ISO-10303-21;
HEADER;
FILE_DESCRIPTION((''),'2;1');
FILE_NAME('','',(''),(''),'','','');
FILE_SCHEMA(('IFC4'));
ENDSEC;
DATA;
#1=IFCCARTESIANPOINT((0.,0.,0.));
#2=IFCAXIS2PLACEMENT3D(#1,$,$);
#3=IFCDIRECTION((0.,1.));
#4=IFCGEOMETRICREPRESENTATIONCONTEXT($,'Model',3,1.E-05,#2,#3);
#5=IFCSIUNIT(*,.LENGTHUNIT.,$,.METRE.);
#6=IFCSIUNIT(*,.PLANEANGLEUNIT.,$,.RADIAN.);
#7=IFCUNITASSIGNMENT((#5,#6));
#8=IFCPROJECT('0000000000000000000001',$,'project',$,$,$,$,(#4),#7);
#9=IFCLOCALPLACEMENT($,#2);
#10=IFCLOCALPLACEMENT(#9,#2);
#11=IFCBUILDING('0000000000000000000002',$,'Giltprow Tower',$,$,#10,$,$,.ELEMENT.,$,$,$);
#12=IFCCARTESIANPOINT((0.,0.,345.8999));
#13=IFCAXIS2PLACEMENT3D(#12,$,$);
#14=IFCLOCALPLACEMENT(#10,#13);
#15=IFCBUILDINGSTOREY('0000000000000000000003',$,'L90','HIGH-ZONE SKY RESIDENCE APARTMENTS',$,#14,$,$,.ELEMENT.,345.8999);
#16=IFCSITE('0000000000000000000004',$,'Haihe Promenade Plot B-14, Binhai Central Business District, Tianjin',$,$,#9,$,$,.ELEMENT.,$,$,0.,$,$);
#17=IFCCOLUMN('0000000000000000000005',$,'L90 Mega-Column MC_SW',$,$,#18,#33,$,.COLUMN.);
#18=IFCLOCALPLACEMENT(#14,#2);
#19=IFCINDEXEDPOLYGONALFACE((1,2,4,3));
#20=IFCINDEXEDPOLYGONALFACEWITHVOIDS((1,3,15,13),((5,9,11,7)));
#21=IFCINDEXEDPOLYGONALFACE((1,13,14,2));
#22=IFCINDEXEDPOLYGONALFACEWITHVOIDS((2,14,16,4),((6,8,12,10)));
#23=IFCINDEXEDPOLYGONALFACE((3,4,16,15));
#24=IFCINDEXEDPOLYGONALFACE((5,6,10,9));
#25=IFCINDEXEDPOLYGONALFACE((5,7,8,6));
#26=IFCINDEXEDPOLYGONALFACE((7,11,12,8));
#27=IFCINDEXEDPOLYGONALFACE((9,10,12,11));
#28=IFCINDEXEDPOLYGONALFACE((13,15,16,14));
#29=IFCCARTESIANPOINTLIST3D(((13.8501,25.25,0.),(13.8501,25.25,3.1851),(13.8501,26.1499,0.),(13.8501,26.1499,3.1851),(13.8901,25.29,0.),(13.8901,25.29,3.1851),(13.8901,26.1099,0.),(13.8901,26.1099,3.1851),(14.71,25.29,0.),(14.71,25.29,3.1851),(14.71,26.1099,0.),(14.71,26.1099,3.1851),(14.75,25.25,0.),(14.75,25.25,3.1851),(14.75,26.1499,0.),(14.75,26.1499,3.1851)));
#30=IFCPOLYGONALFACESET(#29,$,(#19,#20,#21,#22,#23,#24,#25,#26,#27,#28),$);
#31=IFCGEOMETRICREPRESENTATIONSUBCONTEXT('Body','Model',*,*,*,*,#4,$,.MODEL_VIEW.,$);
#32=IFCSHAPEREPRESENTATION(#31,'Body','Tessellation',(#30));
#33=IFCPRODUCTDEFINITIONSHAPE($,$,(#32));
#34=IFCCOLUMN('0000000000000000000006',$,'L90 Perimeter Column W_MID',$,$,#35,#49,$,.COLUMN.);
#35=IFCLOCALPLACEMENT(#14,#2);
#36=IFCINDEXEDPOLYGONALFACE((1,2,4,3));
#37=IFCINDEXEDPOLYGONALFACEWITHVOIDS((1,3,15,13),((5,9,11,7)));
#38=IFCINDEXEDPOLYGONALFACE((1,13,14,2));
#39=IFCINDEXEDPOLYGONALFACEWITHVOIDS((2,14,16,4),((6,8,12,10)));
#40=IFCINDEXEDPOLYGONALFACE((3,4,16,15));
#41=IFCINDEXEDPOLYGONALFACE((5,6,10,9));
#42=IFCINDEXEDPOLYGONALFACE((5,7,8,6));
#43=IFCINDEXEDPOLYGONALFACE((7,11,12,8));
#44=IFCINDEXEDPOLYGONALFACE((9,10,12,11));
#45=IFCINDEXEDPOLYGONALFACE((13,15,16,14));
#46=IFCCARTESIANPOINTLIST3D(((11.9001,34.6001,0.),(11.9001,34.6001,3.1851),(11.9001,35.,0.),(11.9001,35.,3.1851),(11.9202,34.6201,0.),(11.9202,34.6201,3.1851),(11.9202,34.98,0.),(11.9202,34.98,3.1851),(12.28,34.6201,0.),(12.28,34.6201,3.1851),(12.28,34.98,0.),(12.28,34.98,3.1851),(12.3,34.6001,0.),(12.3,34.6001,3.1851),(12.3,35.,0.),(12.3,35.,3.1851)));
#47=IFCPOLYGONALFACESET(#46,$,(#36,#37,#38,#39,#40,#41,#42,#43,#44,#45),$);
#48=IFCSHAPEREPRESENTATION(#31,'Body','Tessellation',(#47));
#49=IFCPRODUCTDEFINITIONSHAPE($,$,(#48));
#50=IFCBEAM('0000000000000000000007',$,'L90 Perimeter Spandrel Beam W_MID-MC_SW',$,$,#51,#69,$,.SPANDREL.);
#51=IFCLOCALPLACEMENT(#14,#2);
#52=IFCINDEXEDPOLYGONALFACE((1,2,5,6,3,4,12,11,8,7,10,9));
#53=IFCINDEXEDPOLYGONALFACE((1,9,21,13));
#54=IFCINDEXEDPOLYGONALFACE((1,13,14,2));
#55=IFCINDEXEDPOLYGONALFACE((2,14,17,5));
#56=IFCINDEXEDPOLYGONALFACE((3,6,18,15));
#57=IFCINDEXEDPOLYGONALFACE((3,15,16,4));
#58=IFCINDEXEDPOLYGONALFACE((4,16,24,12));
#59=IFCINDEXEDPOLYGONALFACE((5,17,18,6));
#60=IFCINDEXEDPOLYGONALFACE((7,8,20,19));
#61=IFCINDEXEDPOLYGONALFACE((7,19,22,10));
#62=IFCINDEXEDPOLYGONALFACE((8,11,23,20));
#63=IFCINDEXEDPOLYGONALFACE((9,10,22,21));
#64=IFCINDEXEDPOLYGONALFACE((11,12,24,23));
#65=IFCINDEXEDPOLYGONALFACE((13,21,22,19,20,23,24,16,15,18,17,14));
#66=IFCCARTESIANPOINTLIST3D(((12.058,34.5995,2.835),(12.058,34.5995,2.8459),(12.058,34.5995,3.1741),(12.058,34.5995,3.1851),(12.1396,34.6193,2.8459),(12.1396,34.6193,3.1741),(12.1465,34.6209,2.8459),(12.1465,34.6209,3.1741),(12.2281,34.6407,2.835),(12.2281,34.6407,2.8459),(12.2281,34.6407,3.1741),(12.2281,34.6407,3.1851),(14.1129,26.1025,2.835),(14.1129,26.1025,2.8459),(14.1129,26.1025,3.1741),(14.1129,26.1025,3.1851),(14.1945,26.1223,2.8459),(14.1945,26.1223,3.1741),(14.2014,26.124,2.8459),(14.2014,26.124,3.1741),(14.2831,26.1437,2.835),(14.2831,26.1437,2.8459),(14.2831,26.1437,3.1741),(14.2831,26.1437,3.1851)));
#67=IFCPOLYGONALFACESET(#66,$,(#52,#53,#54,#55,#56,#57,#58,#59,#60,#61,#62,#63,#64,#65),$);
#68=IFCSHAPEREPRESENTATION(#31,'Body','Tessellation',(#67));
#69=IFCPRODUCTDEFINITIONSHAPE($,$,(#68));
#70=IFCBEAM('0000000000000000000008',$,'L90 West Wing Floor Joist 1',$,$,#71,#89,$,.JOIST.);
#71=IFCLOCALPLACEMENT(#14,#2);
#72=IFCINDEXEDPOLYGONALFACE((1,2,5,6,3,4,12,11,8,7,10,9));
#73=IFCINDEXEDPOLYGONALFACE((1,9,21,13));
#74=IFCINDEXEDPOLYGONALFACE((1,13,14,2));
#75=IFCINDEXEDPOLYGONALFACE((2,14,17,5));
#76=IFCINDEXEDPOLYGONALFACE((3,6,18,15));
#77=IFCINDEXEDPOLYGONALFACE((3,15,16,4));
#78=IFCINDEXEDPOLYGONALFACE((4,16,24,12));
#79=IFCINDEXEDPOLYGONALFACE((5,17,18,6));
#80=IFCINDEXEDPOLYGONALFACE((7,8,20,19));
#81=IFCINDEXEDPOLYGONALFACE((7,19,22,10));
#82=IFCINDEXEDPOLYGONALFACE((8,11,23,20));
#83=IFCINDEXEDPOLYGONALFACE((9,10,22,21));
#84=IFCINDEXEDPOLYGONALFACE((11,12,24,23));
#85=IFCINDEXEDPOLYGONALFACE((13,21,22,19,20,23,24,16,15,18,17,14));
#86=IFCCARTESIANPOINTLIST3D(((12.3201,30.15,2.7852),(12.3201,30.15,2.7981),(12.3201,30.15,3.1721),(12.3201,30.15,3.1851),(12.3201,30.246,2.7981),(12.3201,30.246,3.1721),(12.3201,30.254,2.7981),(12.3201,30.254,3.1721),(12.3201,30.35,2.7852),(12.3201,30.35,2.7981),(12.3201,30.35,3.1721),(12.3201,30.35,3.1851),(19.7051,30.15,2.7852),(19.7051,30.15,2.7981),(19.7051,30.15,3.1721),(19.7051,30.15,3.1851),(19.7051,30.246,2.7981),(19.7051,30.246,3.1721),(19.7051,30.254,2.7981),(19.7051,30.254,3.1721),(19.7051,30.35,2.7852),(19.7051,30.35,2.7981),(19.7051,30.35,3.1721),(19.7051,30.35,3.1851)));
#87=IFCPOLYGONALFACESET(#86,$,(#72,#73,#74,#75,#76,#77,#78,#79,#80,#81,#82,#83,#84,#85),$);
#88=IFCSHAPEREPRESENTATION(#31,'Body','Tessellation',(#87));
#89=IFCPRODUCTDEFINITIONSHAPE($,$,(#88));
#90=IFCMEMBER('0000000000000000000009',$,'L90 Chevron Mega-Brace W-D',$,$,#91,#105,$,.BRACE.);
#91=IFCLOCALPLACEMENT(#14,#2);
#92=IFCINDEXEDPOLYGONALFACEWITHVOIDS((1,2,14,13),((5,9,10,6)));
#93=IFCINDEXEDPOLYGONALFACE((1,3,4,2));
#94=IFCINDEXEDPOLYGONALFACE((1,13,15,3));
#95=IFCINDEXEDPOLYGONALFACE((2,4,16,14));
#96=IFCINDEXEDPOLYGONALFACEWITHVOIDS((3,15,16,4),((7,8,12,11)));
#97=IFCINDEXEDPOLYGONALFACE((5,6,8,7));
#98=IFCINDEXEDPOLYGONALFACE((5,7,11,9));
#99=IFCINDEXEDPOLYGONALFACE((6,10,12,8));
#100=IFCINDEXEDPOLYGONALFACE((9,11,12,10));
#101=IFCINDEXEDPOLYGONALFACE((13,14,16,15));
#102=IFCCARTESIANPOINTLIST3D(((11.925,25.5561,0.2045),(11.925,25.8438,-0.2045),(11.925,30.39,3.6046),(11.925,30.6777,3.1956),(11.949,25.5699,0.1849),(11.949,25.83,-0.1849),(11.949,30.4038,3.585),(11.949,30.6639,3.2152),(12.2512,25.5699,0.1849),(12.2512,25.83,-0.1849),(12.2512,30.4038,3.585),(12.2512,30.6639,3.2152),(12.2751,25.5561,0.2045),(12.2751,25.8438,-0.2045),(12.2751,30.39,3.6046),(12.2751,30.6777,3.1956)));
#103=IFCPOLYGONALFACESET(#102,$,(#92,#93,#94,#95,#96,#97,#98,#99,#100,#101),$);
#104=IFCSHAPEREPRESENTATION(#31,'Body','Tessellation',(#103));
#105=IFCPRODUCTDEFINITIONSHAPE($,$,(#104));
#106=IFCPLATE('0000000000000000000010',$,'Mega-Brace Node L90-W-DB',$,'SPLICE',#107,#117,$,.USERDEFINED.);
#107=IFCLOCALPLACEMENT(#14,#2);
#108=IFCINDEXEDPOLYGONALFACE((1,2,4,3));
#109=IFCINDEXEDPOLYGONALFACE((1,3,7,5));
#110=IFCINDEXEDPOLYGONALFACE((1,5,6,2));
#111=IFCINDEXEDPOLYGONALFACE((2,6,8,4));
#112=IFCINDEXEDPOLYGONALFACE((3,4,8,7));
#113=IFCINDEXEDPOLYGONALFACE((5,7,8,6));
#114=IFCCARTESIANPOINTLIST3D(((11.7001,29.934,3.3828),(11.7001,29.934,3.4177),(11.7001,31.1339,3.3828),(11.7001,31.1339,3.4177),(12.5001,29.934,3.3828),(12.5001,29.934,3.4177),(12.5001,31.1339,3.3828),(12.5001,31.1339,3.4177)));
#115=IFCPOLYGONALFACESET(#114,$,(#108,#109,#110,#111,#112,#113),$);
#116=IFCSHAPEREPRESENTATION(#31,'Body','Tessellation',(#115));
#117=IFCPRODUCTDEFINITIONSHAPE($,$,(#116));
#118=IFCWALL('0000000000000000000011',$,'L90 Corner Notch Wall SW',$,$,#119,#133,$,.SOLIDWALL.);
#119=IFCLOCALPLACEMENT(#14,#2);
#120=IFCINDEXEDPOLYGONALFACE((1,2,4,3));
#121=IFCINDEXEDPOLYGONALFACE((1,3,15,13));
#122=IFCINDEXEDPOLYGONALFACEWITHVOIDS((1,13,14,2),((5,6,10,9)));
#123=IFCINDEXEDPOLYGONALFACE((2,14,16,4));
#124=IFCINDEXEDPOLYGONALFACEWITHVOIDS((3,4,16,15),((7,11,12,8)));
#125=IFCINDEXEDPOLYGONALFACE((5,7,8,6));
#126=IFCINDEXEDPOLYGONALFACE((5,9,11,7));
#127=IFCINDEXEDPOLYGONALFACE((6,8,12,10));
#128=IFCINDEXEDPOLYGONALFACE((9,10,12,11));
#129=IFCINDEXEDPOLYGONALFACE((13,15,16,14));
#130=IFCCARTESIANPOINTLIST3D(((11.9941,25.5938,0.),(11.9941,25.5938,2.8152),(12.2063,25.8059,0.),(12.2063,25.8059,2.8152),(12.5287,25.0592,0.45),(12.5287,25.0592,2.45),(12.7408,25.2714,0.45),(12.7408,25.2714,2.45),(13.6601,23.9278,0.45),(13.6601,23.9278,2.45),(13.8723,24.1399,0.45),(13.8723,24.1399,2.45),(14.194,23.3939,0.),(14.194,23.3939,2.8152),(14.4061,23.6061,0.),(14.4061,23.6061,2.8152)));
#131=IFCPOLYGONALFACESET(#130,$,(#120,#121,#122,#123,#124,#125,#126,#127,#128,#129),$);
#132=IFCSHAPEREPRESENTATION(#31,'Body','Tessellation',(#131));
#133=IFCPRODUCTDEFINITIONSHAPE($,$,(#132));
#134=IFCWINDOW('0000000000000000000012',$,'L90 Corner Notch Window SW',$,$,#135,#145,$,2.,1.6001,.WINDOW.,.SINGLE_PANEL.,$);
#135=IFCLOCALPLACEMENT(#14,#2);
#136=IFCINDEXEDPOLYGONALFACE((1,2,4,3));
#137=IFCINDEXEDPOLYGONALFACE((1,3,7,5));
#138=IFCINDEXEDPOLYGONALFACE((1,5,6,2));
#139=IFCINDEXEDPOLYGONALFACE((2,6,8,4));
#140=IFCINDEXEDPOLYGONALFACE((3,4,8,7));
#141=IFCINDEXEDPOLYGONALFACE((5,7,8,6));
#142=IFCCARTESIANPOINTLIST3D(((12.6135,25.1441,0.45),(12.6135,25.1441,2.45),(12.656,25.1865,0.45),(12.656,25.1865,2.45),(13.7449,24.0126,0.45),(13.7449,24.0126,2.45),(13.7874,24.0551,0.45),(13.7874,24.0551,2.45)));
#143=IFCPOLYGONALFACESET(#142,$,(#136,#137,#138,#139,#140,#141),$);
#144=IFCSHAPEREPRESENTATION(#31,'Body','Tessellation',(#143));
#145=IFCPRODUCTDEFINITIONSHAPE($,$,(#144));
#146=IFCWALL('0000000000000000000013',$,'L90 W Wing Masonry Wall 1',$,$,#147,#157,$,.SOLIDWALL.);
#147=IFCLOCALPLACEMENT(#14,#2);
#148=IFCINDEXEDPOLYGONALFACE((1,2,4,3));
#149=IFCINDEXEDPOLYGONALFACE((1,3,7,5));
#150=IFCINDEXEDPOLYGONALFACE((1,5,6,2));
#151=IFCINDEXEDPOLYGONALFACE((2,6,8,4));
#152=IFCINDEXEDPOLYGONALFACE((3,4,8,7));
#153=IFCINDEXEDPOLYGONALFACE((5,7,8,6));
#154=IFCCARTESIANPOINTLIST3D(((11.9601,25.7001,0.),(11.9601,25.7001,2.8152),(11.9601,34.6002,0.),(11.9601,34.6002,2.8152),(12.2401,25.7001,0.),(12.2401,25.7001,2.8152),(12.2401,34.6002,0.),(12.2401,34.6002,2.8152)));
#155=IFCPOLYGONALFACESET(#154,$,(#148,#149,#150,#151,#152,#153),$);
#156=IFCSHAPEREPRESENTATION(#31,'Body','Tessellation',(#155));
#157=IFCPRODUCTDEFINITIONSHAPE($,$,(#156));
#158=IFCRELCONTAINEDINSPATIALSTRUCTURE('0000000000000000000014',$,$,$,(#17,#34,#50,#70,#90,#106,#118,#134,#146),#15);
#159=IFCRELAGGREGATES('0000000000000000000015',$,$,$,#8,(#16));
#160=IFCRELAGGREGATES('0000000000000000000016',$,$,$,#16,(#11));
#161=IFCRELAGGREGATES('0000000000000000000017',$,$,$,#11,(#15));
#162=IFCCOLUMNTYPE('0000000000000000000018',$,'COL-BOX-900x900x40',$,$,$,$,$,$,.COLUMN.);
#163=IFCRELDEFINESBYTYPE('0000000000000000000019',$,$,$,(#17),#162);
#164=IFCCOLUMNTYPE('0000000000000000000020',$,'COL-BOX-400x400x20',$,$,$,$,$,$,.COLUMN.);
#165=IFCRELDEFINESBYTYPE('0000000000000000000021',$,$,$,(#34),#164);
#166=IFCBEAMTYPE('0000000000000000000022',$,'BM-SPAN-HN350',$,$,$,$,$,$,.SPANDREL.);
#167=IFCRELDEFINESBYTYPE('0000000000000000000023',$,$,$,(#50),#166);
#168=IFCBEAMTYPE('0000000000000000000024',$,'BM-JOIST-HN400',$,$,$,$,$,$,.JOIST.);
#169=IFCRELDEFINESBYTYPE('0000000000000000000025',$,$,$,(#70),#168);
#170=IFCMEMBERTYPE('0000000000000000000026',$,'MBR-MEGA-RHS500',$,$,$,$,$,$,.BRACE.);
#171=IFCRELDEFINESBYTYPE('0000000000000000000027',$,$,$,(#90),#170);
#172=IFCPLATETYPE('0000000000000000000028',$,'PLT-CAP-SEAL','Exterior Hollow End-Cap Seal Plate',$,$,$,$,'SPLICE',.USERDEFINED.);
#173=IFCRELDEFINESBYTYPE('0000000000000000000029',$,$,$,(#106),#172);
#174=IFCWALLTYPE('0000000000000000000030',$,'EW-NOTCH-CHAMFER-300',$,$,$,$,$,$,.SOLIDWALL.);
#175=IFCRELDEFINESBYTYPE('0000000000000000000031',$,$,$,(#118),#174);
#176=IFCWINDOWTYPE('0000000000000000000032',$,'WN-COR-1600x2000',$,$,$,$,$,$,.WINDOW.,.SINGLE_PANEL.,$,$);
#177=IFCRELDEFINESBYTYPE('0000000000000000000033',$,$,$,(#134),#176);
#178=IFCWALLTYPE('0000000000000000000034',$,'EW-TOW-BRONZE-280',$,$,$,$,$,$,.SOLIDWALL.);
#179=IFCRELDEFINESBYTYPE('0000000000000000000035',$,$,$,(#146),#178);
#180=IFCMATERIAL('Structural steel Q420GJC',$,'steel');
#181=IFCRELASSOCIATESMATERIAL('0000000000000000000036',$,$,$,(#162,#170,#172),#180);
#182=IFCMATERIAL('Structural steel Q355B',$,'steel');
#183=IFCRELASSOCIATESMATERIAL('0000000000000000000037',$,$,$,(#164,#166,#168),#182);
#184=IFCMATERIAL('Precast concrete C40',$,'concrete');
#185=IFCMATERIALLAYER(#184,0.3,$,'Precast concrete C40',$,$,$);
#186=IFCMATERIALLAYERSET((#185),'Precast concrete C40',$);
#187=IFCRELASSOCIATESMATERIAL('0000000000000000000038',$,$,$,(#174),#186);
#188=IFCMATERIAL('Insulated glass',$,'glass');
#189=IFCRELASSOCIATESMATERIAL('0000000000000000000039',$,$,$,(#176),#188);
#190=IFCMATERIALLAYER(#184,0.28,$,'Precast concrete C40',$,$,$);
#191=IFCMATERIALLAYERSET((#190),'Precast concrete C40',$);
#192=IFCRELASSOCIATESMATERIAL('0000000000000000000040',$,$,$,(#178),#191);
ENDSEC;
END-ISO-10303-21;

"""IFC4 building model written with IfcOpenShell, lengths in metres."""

from ifc_helpers import new_model, si_unit, direction, frame, frame_2d, origin, origin_2d, place, context, subcontext, project, spatial, rectangle, hollow_rectangle, i_section, extrude, source, transform, mapped, material, layer, layer_set, material_profile, profile_set, type_object, element, fill, save


model = new_model("IFC4")

# Units and contexts
model_context = context("Model", 3, precision=1e-05, world=origin(), true_north=direction((0.0, 1.0)))
body_context = subcontext(model_context, "Body", "Model", "MODEL_VIEW")
ifc_project = project(units=[si_unit("LENGTHUNIT", "METRE"), si_unit("PLANEANGLEUNIT", "RADIAN")], contexts=[model_context])

# Site, building, storey
site_placement = place(None, origin())
site = spatial("IfcSite", under=ifc_project, at=site_placement, Name="Haihe Promenade Plot B-14, Binhai Central Business District, Tianjin", CompositionType="ELEMENT", RefElevation=0.0)
building_placement = place(site_placement, origin())
building = spatial("IfcBuilding", under=site, at=building_placement, Name="Giltprow Tower", CompositionType="ELEMENT")
storey_placement = place(building_placement, frame((0.0, 0.0, 345.8999)))
storey = spatial("IfcBuildingStorey", under=building, at=storey_placement, Name="L90", Description="HIGH-ZONE SKY RESIDENCE APARTMENTS", CompositionType="ELEMENT", Elevation=345.8999)

# Columns
ifc_material_1 = material(Name="Structural steel Q420GJC", Category="steel")
ifc_material_profile_1 = material_profile(ifc_material_1, hollow_rectangle(XDim=0.8999, YDim=0.8999, WallThickness=0.04, at=origin_2d()), Name="BOX 900x900x40")
ifc_profile_set_1 = profile_set([ifc_material_profile_1], Name="Structural steel Q420GJC")
column_type_1 = type_object("IfcColumnType", Name="COL-BOX-900x900x40", PredefinedType="COLUMN", material=ifc_profile_set_1)
shared_shape_1 = source(origin(), body_context, "Body", "SweptSolid", [
    extrude(hollow_rectangle(XDim=0.8999, YDim=0.8999, WallThickness=0.04, at=origin_2d()), origin(), (0.0, 0.0, 1.0), 3.1851),
])
column_1_placement = place(storey_placement, frame((14.3, 25.7, 0.0), z_axis=(0.0, 0.0, 1.0), x_axis=(1.0, 0.0, 0.0)))
element("IfcColumn", 1, at=column_1_placement, inside=storey, type_object=column_type_1, Name="L90 Mega-Column MC_SW", PredefinedType="COLUMN", context=body_context, shape_type="MappedRepresentation", body=[
    mapped(shared_shape_1, transform((0.0, 0.0, 0.0), x_axis=(1.0, 0.0, 0.0), y_axis=(0.0, 1.0, 0.0), z_axis=(0.0, 0.0, 1.0), scale=1.0)),
])
ifc_material_2 = material(Name="Structural steel Q355B", Category="steel")
ifc_material_profile_2 = material_profile(ifc_material_2, hollow_rectangle(XDim=0.3999, YDim=0.3999, WallThickness=0.02, at=origin_2d()), Name="BOX 400x400x20")
ifc_profile_set_2 = profile_set([ifc_material_profile_2], Name="Structural steel Q355B")
column_type_2 = type_object("IfcColumnType", Name="COL-BOX-400x400x20", PredefinedType="COLUMN", material=ifc_profile_set_2)
shared_shape_2 = source(origin(), body_context, "Body", "SweptSolid", [
    extrude(hollow_rectangle(XDim=0.3999, YDim=0.3999, WallThickness=0.02, at=origin_2d()), origin(), (0.0, 0.0, 1.0), 3.1851),
])
column_2_placement = place(storey_placement, frame((12.1001, 34.8, 0.0), z_axis=(0.0, 0.0, 1.0), x_axis=(1.0, 0.0, 0.0)))
element("IfcColumn", 2, at=column_2_placement, inside=storey, type_object=column_type_2, Name="L90 Perimeter Column W_MID", PredefinedType="COLUMN", context=body_context, shape_type="MappedRepresentation", body=[
    mapped(shared_shape_2, transform((0.0, 0.0, 0.0), x_axis=(1.0, 0.0, 0.0), y_axis=(0.0, 1.0, 0.0), z_axis=(0.0, 0.0, 1.0), scale=1.0)),
])

# Beams
ifc_material_profile_3 = material_profile(ifc_material_2, i_section(OverallWidth=0.175, OverallDepth=0.3501, WebThickness=0.0071, FlangeThickness=0.011, at=origin_2d()), Name="HN 350x175x7x11")
ifc_profile_set_3 = profile_set([ifc_material_profile_3], Name="Structural steel Q355B")
beam_type_1 = type_object("IfcBeamType", Name="BM-SPAN-HN350", PredefinedType="SPANDREL", material=ifc_profile_set_3)
shared_shape_3 = source(origin(), body_context, "Body", "SweptSolid", [
    extrude(i_section(OverallWidth=0.175, OverallDepth=0.3501, WebThickness=0.0071, FlangeThickness=0.011, at=origin_2d()), origin(), (0.0, 0.0, 1.0), 8.7419),
])
beam_1_placement = place(storey_placement, frame((12.1431, 34.6201, 3.01), z_axis=(0.235064, -0.97198, 0.0), x_axis=(0.97198, 0.235064, 0.0)))
element("IfcBeam", 3, at=beam_1_placement, inside=storey, type_object=beam_type_1, Name="L90 Perimeter Spandrel Beam W_MID-MC_SW", PredefinedType="SPANDREL", context=body_context, shape_type="MappedRepresentation", body=[
    mapped(shared_shape_3, transform((0.0, 0.0, 0.0), x_axis=(1.0, 0.0, 0.0), y_axis=(0.0, 1.0, 0.0), z_axis=(0.0, 0.0, 1.0), scale=1.0)),
])
ifc_material_profile_4 = material_profile(ifc_material_2, i_section(OverallWidth=0.2, OverallDepth=0.3999, WebThickness=0.0081, FlangeThickness=0.0129, at=origin_2d()), Name="HN 400x200x8x13")
ifc_profile_set_4 = profile_set([ifc_material_profile_4], Name="Structural steel Q355B")
beam_type_2 = type_object("IfcBeamType", Name="BM-JOIST-HN400", PredefinedType="JOIST", material=ifc_profile_set_4)
shared_shape_4 = source(origin(), body_context, "Body", "SweptSolid", [
    extrude(i_section(OverallWidth=0.2, OverallDepth=0.3999, WebThickness=0.0081, FlangeThickness=0.0129, at=origin_2d()), origin(), (0.0, 0.0, 1.0), 7.385),
])
beam_2_placement = place(storey_placement, frame((12.3201, 30.25, 2.9851), z_axis=(1.0, 0.0, 0.0), x_axis=(0.0, 1.0, 0.0)))
element("IfcBeam", 4, at=beam_2_placement, inside=storey, type_object=beam_type_2, Name="L90 West Wing Floor Joist 1", PredefinedType="JOIST", context=body_context, shape_type="MappedRepresentation", body=[
    mapped(shared_shape_4, transform((0.0, 0.0, 0.0), x_axis=(1.0, 0.0, 0.0), y_axis=(0.0, 1.0, 0.0), z_axis=(0.0, 0.0, 1.0), scale=1.0)),
])

# Member
ifc_material_profile_5 = material_profile(ifc_material_1, hollow_rectangle(XDim=0.3501, YDim=0.5, WallThickness=0.0239, at=origin_2d()), Name="RHS 500x350x24")
ifc_profile_set_5 = profile_set([ifc_material_profile_5], Name="Structural steel Q420GJC")
member_type = type_object("IfcMemberType", Name="MBR-MEGA-RHS500", PredefinedType="BRACE", material=ifc_profile_set_5)
shared_shape_5 = source(origin(), body_context, "Body", "SweptSolid", [
    extrude(hollow_rectangle(XDim=0.3501, YDim=0.5, WallThickness=0.0239, at=origin_2d()), origin(), (0.0, 0.0, 1.0), 5.9099),
])
member_placement = place(storey_placement, frame((12.1001, 25.7, 0.0), z_axis=(0.0, 0.81793, 0.575318), x_axis=(-1.0, 0.0, 0.0)))
element("IfcMember", 5, at=member_placement, inside=storey, type_object=member_type, Name="L90 Chevron Mega-Brace W-D", PredefinedType="BRACE", context=body_context, shape_type="MappedRepresentation", body=[
    mapped(shared_shape_5, transform((0.0, 0.0, 0.0), x_axis=(1.0, 0.0, 0.0), y_axis=(0.0, 1.0, 0.0), z_axis=(0.0, 0.0, 1.0), scale=1.0)),
])

# Plate
plate_type = type_object("IfcPlateType", Name="PLT-CAP-SEAL", Description="Exterior Hollow End-Cap Seal Plate", ElementType="SPLICE", PredefinedType="USERDEFINED", material=ifc_material_1)
shared_shape_6 = source(origin(), body_context, "Body", "SweptSolid", [
    extrude(rectangle(XDim=1.2, YDim=0.8, at=origin_2d()), origin(), (0.0, 0.0, 1.0), 0.0349),
])
plate_placement = place(storey_placement, frame((12.1001, 30.5339, 3.3828), z_axis=(0.0, 0.0, 1.0), x_axis=(0.0, 1.0, 0.0)))
element("IfcPlate", 6, at=plate_placement, inside=storey, type_object=plate_type, Name="Mega-Brace Node L90-W-DB", ObjectType="SPLICE", PredefinedType="USERDEFINED", context=body_context, shape_type="MappedRepresentation", body=[
    mapped(shared_shape_6, transform((0.0, 0.0, 0.0), x_axis=(1.0, 0.0, 0.0), y_axis=(0.0, 1.0, 0.0), z_axis=(0.0, 0.0, 1.0), scale=1.0)),
])

# Wall, opening, window
ifc_material_3 = material(Name="Precast concrete C40", Category="concrete")
ifc_layer_1 = layer(ifc_material_3, 0.3, Name="Precast concrete C40")
ifc_layer_set_1 = layer_set([ifc_layer_1], Name="Precast concrete C40")
wall_type_1 = type_object("IfcWallType", Name="EW-NOTCH-CHAMFER-300", PredefinedType="SOLIDWALL", material=ifc_layer_set_1)
wall_1_placement = place(storey_placement, frame((12.1001, 25.7, 0.0), z_axis=(0.0, 0.0, 1.0), x_axis=(0.707107, -0.707107, 0.0)))
wall_1 = element("IfcWall", 7, at=wall_1_placement, inside=storey, type_object=wall_type_1, Name="L90 Corner Notch Wall SW", PredefinedType="SOLIDWALL", context=body_context, shape_type="SweptSolid", body=[
    extrude(rectangle(XDim=3.1111, YDim=0.3, at=frame_2d((1.5557, 0.0))), origin(), (0.0, 0.0, 1.0), 2.8152),
])
opening_1_placement = place(wall_1_placement, frame((0.7561, 0.0, 0.45)))
opening_1 = element("IfcOpeningElement", 8, at=opening_1_placement, cuts=wall_1, PredefinedType="OPENING", context=body_context, shape_type="SweptSolid", body=[
    extrude(rectangle(XDim=1.6001, YDim=2.0, at=frame_2d((0.8, 1.0))), frame((0.0, 0.1599, 0.0), z_axis=(0.0, -1.0, 0.0), x_axis=(1.0, 0.0, 0.0)), (0.0, 0.0, 1.0), 0.3201),
])
ifc_material_4 = material(Name="Insulated glass", Category="glass")
window_type = type_object("IfcWindowType", Name="WN-COR-1600x2000", PartitioningType="SINGLE_PANEL", PredefinedType="WINDOW", material=ifc_material_4)
shared_shape_7 = source(origin(), body_context, "Body", "SweptSolid", [
    extrude(rectangle(XDim=1.6001, YDim=2.0, at=frame_2d((0.8, 1.0))), frame((0.0, 0.03, 0.0), z_axis=(0.0, -1.0, 0.0), x_axis=(1.0, 0.0, 0.0)), (0.0, 0.0, 1.0), 0.0601),
])
window_placement = place(opening_1_placement, origin())
window = element("IfcWindow", 9, at=window_placement, inside=storey, type_object=window_type, Name="L90 Corner Notch Window SW", OverallHeight=2.0, OverallWidth=1.6001, PartitioningType="SINGLE_PANEL", PredefinedType="WINDOW", context=body_context, shape_type="MappedRepresentation", body=[
    mapped(shared_shape_7, transform((0.0, 0.0, 0.0), x_axis=(1.0, 0.0, 0.0), y_axis=(0.0, 1.0, 0.0), z_axis=(0.0, 0.0, 1.0), scale=1.0)),
])
fill(opening_1, window)

# Wall
ifc_layer_2 = layer(ifc_material_3, 0.28, Name="Precast concrete C40")
ifc_layer_set_2 = layer_set([ifc_layer_2], Name="Precast concrete C40")
wall_type_2 = type_object("IfcWallType", Name="EW-TOW-BRONZE-280", PredefinedType="SOLIDWALL", material=ifc_layer_set_2)
wall_2_placement = place(storey_placement, frame((12.1001, 25.7, 0.0), z_axis=(0.0, 0.0, 1.0), x_axis=(0.0, 1.0, 0.0)))
element("IfcWall", 10, at=wall_2_placement, inside=storey, type_object=wall_type_2, Name="L90 W Wing Masonry Wall 1", PredefinedType="SOLIDWALL", context=body_context, shape_type="SweptSolid", body=[
    extrude(rectangle(XDim=8.9001, YDim=0.28, at=frame_2d((4.4502, 0.0))), origin(), (0.0, 0.0, 1.0), 2.8152),
])

save(model, "model.ifc")
